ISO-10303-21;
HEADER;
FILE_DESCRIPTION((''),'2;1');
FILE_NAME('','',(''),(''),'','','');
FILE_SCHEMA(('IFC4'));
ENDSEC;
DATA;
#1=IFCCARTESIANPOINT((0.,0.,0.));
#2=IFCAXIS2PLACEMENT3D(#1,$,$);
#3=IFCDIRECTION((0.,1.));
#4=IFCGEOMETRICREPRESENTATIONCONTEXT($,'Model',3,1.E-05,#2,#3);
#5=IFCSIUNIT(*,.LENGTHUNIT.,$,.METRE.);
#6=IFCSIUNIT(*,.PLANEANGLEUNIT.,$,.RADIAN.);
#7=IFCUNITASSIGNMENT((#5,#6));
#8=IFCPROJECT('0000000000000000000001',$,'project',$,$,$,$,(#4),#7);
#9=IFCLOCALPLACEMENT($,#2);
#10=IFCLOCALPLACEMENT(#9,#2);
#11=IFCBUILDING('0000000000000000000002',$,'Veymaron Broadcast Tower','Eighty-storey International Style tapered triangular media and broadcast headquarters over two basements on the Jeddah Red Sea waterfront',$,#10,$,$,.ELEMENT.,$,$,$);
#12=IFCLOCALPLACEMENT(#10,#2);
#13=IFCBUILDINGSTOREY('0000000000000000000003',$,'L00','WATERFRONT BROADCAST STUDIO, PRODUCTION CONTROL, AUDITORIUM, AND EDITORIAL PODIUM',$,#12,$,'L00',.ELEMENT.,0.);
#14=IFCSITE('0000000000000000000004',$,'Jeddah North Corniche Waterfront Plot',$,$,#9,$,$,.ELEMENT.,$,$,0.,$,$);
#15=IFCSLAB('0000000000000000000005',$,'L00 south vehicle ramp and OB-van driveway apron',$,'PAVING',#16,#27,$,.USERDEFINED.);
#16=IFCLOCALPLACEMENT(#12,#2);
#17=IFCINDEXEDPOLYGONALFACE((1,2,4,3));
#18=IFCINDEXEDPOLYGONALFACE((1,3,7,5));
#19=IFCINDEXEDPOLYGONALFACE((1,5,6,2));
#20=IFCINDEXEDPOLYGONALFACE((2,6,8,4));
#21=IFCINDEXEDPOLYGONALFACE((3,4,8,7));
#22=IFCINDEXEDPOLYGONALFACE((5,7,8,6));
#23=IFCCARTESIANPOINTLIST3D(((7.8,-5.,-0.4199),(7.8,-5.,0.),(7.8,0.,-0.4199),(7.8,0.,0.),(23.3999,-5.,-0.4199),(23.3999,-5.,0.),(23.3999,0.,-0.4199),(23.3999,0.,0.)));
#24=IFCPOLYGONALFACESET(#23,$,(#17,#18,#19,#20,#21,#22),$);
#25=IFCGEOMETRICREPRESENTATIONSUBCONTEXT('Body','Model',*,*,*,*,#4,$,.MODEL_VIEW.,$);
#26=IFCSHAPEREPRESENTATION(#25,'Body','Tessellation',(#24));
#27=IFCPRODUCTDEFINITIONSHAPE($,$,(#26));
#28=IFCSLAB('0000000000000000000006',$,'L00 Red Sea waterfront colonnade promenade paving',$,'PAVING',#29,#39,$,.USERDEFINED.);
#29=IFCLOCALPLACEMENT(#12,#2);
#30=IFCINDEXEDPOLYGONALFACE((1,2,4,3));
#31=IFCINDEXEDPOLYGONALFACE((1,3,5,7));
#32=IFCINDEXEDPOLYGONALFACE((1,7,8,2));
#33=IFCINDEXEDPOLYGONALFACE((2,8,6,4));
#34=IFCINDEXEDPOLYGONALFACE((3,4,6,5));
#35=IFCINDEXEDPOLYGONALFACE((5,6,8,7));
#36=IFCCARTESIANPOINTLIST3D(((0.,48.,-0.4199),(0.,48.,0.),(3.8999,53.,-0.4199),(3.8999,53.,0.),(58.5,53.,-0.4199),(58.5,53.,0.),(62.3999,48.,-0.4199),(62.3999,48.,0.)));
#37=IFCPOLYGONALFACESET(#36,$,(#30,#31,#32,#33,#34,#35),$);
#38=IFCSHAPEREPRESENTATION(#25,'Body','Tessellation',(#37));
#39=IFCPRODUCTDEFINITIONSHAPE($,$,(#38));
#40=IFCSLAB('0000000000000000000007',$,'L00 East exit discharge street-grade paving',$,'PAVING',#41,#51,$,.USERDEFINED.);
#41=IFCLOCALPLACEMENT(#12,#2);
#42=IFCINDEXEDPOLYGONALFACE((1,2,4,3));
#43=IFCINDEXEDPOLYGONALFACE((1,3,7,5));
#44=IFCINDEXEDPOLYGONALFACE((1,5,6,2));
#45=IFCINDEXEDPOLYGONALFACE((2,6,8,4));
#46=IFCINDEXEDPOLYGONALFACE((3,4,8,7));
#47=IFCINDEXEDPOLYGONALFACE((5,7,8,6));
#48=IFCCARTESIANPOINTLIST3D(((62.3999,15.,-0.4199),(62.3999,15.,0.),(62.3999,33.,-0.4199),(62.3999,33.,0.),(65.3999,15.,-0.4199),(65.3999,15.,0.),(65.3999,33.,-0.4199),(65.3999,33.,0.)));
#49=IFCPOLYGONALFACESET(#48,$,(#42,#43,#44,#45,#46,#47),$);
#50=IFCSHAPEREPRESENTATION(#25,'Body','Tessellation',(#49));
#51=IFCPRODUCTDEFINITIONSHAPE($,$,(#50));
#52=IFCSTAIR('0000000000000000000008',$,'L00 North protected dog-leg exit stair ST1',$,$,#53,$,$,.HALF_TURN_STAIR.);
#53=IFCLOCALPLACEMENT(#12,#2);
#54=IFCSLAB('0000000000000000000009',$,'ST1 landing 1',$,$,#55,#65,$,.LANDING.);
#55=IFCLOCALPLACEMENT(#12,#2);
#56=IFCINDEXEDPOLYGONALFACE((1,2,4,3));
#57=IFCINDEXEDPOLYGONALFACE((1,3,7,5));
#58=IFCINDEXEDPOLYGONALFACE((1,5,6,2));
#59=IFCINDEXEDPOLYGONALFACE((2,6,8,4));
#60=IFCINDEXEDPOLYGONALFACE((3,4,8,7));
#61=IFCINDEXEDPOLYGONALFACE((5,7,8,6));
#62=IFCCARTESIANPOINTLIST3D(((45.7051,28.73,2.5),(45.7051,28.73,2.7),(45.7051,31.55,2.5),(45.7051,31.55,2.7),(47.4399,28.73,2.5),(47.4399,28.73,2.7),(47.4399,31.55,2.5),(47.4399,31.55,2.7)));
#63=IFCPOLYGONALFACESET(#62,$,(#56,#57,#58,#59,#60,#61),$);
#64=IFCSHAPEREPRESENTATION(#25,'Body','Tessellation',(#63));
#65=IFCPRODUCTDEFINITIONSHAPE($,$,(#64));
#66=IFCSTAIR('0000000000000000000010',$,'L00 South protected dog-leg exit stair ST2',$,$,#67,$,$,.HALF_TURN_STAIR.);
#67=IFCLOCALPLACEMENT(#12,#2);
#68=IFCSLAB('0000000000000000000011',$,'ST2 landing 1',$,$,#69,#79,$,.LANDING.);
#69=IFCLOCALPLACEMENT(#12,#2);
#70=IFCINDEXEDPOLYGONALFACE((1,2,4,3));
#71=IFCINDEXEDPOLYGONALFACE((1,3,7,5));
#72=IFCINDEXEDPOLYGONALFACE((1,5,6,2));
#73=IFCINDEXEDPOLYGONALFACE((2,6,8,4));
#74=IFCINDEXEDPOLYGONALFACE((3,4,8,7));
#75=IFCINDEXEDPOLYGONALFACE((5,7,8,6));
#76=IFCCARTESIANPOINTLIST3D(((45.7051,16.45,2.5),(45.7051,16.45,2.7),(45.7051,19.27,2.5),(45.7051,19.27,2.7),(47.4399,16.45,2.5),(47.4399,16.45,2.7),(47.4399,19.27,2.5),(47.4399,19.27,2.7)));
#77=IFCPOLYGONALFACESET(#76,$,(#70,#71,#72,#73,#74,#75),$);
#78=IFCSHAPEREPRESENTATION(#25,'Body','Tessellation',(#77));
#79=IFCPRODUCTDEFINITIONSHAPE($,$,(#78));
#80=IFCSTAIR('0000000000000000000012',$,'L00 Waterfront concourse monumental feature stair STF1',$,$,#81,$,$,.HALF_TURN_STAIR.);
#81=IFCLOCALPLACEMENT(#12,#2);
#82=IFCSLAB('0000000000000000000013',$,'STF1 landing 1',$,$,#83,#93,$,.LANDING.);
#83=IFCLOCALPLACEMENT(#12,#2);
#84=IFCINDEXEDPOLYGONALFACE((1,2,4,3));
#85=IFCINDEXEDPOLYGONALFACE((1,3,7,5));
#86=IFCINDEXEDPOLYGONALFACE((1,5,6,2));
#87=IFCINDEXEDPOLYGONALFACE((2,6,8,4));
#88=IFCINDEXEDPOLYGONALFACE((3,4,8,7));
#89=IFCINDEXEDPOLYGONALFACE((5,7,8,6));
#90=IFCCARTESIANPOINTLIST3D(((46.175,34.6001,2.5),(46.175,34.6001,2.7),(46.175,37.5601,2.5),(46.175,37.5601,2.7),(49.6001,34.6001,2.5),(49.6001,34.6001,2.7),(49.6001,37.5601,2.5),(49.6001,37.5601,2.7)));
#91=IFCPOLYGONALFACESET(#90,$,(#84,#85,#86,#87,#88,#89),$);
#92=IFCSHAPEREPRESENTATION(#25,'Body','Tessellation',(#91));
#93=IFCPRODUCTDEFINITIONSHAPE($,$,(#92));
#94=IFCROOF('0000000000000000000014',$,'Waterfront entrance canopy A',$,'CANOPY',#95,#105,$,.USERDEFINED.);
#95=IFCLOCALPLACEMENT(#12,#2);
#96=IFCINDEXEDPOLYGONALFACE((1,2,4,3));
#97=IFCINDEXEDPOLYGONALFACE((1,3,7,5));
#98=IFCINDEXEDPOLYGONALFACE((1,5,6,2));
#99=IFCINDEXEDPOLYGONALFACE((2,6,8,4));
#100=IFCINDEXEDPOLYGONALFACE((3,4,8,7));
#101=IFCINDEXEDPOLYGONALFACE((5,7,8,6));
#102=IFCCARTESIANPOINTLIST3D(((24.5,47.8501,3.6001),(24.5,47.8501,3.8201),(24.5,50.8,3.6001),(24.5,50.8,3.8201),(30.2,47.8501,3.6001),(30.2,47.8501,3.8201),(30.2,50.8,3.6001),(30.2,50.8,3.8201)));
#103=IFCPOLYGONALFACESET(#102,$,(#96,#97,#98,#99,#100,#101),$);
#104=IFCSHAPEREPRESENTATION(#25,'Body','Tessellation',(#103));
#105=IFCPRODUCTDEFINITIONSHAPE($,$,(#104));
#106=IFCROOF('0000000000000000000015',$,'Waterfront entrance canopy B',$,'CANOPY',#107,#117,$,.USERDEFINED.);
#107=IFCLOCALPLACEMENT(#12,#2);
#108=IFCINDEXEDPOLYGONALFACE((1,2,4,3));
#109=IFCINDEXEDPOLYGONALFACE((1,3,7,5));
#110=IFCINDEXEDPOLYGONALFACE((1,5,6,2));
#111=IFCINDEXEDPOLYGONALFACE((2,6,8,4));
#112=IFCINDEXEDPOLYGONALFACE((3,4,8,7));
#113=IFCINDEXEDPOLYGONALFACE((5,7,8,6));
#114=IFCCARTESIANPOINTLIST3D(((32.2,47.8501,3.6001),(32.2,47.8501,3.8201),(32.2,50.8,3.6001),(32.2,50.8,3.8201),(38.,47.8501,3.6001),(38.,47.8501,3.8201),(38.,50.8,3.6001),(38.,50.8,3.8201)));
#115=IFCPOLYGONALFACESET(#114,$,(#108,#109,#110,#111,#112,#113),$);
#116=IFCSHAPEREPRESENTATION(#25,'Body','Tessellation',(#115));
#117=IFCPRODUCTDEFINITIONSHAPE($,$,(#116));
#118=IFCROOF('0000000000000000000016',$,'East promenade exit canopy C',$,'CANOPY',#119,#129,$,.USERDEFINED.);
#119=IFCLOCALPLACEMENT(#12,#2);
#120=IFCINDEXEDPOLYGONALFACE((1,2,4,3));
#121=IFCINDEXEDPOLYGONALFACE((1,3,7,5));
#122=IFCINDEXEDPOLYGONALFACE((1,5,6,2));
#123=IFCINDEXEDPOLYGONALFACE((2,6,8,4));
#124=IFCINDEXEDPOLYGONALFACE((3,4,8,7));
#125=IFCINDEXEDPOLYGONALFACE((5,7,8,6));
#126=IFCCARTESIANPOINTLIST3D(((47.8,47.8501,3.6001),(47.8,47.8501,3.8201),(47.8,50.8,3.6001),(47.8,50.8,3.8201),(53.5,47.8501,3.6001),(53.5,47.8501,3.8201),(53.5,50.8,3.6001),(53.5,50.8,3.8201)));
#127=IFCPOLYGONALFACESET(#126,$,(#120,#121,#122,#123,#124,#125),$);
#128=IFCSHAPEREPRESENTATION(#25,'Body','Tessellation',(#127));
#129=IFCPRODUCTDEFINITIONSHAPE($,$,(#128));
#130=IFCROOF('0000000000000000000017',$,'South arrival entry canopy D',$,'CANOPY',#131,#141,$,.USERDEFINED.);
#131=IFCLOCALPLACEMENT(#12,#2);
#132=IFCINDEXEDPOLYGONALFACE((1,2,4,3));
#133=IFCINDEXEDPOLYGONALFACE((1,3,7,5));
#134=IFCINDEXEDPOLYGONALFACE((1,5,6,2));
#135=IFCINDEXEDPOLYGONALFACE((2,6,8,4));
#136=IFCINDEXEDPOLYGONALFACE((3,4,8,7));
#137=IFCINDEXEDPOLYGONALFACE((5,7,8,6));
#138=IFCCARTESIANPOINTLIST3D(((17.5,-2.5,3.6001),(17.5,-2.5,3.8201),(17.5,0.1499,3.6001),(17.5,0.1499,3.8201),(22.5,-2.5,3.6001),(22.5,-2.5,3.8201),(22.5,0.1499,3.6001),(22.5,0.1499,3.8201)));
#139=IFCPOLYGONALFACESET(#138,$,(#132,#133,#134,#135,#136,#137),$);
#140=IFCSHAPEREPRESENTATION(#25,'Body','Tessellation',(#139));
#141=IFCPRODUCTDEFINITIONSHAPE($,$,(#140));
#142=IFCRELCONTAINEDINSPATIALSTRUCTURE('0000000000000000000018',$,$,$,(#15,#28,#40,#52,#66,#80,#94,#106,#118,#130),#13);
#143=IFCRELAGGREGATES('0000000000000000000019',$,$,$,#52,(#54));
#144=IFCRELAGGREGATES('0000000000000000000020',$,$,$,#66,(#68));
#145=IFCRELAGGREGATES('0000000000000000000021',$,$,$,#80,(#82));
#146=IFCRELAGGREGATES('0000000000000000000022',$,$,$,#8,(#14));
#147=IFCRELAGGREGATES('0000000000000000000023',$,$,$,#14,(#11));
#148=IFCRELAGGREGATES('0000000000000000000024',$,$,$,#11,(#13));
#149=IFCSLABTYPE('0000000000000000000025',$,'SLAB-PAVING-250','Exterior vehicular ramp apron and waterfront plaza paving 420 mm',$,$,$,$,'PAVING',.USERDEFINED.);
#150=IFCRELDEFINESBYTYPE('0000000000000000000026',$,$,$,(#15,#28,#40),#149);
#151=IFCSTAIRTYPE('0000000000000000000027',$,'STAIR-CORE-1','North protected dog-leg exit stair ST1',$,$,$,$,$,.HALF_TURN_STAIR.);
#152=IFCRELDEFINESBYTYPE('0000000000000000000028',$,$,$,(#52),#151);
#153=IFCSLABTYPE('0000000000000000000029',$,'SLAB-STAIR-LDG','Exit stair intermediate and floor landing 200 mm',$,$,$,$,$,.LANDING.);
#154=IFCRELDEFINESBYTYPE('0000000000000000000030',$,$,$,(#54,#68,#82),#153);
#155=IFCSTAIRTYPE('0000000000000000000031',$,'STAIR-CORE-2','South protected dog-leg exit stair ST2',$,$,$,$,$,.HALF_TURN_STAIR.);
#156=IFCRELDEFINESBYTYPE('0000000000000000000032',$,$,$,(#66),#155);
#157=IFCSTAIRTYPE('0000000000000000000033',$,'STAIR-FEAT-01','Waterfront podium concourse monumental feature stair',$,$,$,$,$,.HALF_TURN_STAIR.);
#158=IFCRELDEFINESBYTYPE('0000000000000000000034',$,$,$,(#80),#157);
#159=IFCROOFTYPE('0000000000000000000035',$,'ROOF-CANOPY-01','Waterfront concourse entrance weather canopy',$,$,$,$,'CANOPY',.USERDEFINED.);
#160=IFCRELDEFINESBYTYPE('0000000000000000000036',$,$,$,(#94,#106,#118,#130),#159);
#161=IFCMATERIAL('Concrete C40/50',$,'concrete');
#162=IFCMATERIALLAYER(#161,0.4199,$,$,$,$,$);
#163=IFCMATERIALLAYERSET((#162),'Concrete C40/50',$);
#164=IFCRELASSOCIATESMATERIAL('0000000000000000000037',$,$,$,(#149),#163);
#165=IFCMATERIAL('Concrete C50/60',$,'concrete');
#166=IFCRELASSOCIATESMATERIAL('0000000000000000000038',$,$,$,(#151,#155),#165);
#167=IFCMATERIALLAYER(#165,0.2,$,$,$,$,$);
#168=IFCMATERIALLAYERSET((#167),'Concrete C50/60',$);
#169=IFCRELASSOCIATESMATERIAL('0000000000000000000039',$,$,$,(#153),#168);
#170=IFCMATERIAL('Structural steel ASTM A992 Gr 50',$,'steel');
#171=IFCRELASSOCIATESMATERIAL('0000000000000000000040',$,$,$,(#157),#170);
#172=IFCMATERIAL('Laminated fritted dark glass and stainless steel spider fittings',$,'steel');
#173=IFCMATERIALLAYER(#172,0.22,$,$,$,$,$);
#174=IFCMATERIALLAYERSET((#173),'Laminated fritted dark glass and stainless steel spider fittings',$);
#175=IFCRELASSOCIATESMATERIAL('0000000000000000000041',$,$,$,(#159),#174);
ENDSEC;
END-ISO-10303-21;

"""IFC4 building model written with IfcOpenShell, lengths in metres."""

from ifc_helpers import new_model, si_unit, direction, frame, origin, place, context, subcontext, project, spatial, polyline, outline, extrude, material, layer, layer_set, type_object, element, aggregate, save


model = new_model("IFC4")

# Units and contexts
model_context = context("Model", 3, precision=1e-05, world=origin(), true_north=direction((0.0, 1.0)))
body_context = subcontext(model_context, "Body", "Model", "MODEL_VIEW")
ifc_project = project(units=[si_unit("LENGTHUNIT", "METRE"), si_unit("PLANEANGLEUNIT", "RADIAN")], contexts=[model_context])

# Site, building, storey
site_placement = place(None, origin())
site = spatial("IfcSite", under=ifc_project, at=site_placement, Name="Jeddah North Corniche Waterfront Plot", CompositionType="ELEMENT", RefElevation=0.0)
building_placement = place(site_placement, origin())
building = spatial("IfcBuilding", under=site, at=building_placement, Name="Veymaron Broadcast Tower", Description="Eighty-storey International Style tapered triangular media and broadcast headquarters over two basements on the Jeddah Red Sea waterfront", CompositionType="ELEMENT")
storey_placement = place(building_placement, origin())
storey = spatial("IfcBuildingStorey", under=building, at=storey_placement, Name="L00", Description="WATERFRONT BROADCAST STUDIO, PRODUCTION CONTROL, AUDITORIUM, AND EDITORIAL PODIUM", LongName="L00", CompositionType="ELEMENT", Elevation=0.0)

# Shared definitions
ifc_material_1 = material(Name="Structural steel ASTM A992 Gr 50", Category="steel")

# Slabs
ifc_material_2 = material(Name="Concrete C40/50", Category="concrete")
ifc_layer_1 = layer(ifc_material_2, 0.4199)
ifc_layer_set_1 = layer_set([ifc_layer_1], Name="Concrete C40/50")
slab_type_1 = type_object("IfcSlabType", Name="SLAB-PAVING-250", Description="Exterior vehicular ramp apron and waterfront plaza paving 420 mm", ElementType="PAVING", PredefinedType="USERDEFINED", material=ifc_layer_set_1)
slab_1_placement = place(storey_placement, frame((0.0, 0.0, -0.4199)))
element("IfcSlab", 1, at=slab_1_placement, inside=storey, type_object=slab_type_1, Name="L00 south vehicle ramp and OB-van driveway apron", ObjectType="PAVING", PredefinedType="USERDEFINED", context=body_context, shape_type="SweptSolid", body=[
    extrude(outline(polyline([(7.8, -5.0), (23.3999, -5.0), (23.3999, 0.0), (7.8, 0.0), (7.8, -5.0)])), origin(), (0.0, 0.0, 1.0), 0.4199),
])
slab_2_placement = place(storey_placement, frame((0.0, 0.0, -0.4199)))
element("IfcSlab", 2, at=slab_2_placement, inside=storey, type_object=slab_type_1, Name="L00 Red Sea waterfront colonnade promenade paving", ObjectType="PAVING", PredefinedType="USERDEFINED", context=body_context, shape_type="SweptSolid", body=[
    extrude(outline(polyline([(0.0, 48.0), (62.3999, 48.0), (58.5, 53.0), (3.8999, 53.0), (0.0, 48.0)])), origin(), (0.0, 0.0, 1.0), 0.4199),
])
slab_3_placement = place(storey_placement, frame((0.0, 0.0, -0.4199)))
element("IfcSlab", 3, at=slab_3_placement, inside=storey, type_object=slab_type_1, Name="L00 East exit discharge street-grade paving", ObjectType="PAVING", PredefinedType="USERDEFINED", context=body_context, shape_type="SweptSolid", body=[
    extrude(outline(polyline([(62.3999, 15.0), (65.3999, 15.0), (65.3999, 33.0), (62.3999, 33.0), (62.3999, 15.0)])), origin(), (0.0, 0.0, 1.0), 0.4199),
])

# Stairs, slabs
ifc_material_3 = material(Name="Concrete C50/60", Category="concrete")
stair_type_1 = type_object("IfcStairType", Name="STAIR-CORE-1", Description="North protected dog-leg exit stair ST1", PredefinedType="HALF_TURN_STAIR", material=ifc_material_3)
stair_1_placement = place(storey_placement, origin())
stair_1 = element("IfcStair", 4, at=stair_1_placement, inside=storey, type_object=stair_type_1, Name="L00 North protected dog-leg exit stair ST1", PredefinedType="HALF_TURN_STAIR")
ifc_layer_2 = layer(ifc_material_3, 0.2)
ifc_layer_set_2 = layer_set([ifc_layer_2], Name="Concrete C50/60")
slab_type_2 = type_object("IfcSlabType", Name="SLAB-STAIR-LDG", Description="Exit stair intermediate and floor landing 200 mm", PredefinedType="LANDING", material=ifc_layer_set_2)
slab_4_placement = place(storey_placement, frame((0.0, 0.0, 2.5)))
slab_4 = element("IfcSlab", 5, at=slab_4_placement, type_object=slab_type_2, Name="ST1 landing 1", PredefinedType="LANDING", context=body_context, shape_type="SweptSolid", body=[
    extrude(outline(polyline([(45.7051, 28.73), (47.4399, 28.73), (47.4399, 31.55), (45.7051, 31.55), (45.7051, 28.73)])), origin(), (0.0, 0.0, 1.0), 0.2),
])
aggregate(stair_1, [slab_4])
stair_type_2 = type_object("IfcStairType", Name="STAIR-CORE-2", Description="South protected dog-leg exit stair ST2", PredefinedType="HALF_TURN_STAIR", material=ifc_material_3)
stair_2_placement = place(storey_placement, origin())
stair_2 = element("IfcStair", 6, at=stair_2_placement, inside=storey, type_object=stair_type_2, Name="L00 South protected dog-leg exit stair ST2", PredefinedType="HALF_TURN_STAIR")
slab_5_placement = place(storey_placement, frame((0.0, 0.0, 2.5)))
slab_5 = element("IfcSlab", 7, at=slab_5_placement, type_object=slab_type_2, Name="ST2 landing 1", PredefinedType="LANDING", context=body_context, shape_type="SweptSolid", body=[
    extrude(outline(polyline([(45.7051, 16.45), (47.4399, 16.45), (47.4399, 19.27), (45.7051, 19.27), (45.7051, 16.45)])), origin(), (0.0, 0.0, 1.0), 0.2),
])
aggregate(stair_2, [slab_5])
stair_type_3 = type_object("IfcStairType", Name="STAIR-FEAT-01", Description="Waterfront podium concourse monumental feature stair", PredefinedType="HALF_TURN_STAIR", material=ifc_material_1)
stair_3_placement = place(storey_placement, origin())
stair_3 = element("IfcStair", 8, at=stair_3_placement, inside=storey, type_object=stair_type_3, Name="L00 Waterfront concourse monumental feature stair STF1", PredefinedType="HALF_TURN_STAIR")
slab_6_placement = place(storey_placement, frame((0.0, 0.0, 2.5)))
slab_6 = element("IfcSlab", 9, at=slab_6_placement, type_object=slab_type_2, Name="STF1 landing 1", PredefinedType="LANDING", context=body_context, shape_type="SweptSolid", body=[
    extrude(outline(polyline([(46.175, 34.6001), (49.6001, 34.6001), (49.6001, 37.5601), (46.175, 37.5601), (46.175, 34.6001)])), origin(), (0.0, 0.0, 1.0), 0.2),
])
aggregate(stair_3, [slab_6])

# Roofs
ifc_material_4 = material(Name="Laminated fritted dark glass and stainless steel spider fittings", Category="steel")
ifc_layer_3 = layer(ifc_material_4, 0.22)
ifc_layer_set_3 = layer_set([ifc_layer_3], Name="Laminated fritted dark glass and stainless steel spider fittings")
roof_type = type_object("IfcRoofType", Name="ROOF-CANOPY-01", Description="Waterfront concourse entrance weather canopy", ElementType="CANOPY", PredefinedType="USERDEFINED", material=ifc_layer_set_3)
roof_1_placement = place(storey_placement, frame((0.0, 0.0, 3.6001)))
element("IfcRoof", 10, at=roof_1_placement, inside=storey, type_object=roof_type, Name="Waterfront entrance canopy A", ObjectType="CANOPY", PredefinedType="USERDEFINED", context=body_context, shape_type="SweptSolid", body=[
    extrude(outline(polyline([(24.5, 47.8501), (30.2, 47.8501), (30.2, 50.8), (24.5, 50.8), (24.5, 47.8501)])), origin(), (0.0, 0.0, 1.0), 0.22),
])
roof_2_placement = place(storey_placement, frame((0.0, 0.0, 3.6001)))
element("IfcRoof", 11, at=roof_2_placement, inside=storey, type_object=roof_type, Name="Waterfront entrance canopy B", ObjectType="CANOPY", PredefinedType="USERDEFINED", context=body_context, shape_type="SweptSolid", body=[
    extrude(outline(polyline([(32.2, 47.8501), (38.0, 47.8501), (38.0, 50.8), (32.2, 50.8), (32.2, 47.8501)])), origin(), (0.0, 0.0, 1.0), 0.22),
])
roof_3_placement = place(storey_placement, frame((0.0, 0.0, 3.6001)))
element("IfcRoof", 12, at=roof_3_placement, inside=storey, type_object=roof_type, Name="East promenade exit canopy C", ObjectType="CANOPY", PredefinedType="USERDEFINED", context=body_context, shape_type="SweptSolid", body=[
    extrude(outline(polyline([(47.8, 47.8501), (53.5, 47.8501), (53.5, 50.8), (47.8, 50.8), (47.8, 47.8501)])), origin(), (0.0, 0.0, 1.0), 0.22),
])
roof_4_placement = place(storey_placement, frame((0.0, 0.0, 3.6001)))
element("IfcRoof", 13, at=roof_4_placement, inside=storey, type_object=roof_type, Name="South arrival entry canopy D", ObjectType="CANOPY", PredefinedType="USERDEFINED", context=body_context, shape_type="SweptSolid", body=[
    extrude(outline(polyline([(17.5, -2.5), (22.5, -2.5), (22.5, 0.1499), (17.5, 0.1499), (17.5, -2.5)])), origin(), (0.0, 0.0, 1.0), 0.22),
])

save(model, "model.ifc")
